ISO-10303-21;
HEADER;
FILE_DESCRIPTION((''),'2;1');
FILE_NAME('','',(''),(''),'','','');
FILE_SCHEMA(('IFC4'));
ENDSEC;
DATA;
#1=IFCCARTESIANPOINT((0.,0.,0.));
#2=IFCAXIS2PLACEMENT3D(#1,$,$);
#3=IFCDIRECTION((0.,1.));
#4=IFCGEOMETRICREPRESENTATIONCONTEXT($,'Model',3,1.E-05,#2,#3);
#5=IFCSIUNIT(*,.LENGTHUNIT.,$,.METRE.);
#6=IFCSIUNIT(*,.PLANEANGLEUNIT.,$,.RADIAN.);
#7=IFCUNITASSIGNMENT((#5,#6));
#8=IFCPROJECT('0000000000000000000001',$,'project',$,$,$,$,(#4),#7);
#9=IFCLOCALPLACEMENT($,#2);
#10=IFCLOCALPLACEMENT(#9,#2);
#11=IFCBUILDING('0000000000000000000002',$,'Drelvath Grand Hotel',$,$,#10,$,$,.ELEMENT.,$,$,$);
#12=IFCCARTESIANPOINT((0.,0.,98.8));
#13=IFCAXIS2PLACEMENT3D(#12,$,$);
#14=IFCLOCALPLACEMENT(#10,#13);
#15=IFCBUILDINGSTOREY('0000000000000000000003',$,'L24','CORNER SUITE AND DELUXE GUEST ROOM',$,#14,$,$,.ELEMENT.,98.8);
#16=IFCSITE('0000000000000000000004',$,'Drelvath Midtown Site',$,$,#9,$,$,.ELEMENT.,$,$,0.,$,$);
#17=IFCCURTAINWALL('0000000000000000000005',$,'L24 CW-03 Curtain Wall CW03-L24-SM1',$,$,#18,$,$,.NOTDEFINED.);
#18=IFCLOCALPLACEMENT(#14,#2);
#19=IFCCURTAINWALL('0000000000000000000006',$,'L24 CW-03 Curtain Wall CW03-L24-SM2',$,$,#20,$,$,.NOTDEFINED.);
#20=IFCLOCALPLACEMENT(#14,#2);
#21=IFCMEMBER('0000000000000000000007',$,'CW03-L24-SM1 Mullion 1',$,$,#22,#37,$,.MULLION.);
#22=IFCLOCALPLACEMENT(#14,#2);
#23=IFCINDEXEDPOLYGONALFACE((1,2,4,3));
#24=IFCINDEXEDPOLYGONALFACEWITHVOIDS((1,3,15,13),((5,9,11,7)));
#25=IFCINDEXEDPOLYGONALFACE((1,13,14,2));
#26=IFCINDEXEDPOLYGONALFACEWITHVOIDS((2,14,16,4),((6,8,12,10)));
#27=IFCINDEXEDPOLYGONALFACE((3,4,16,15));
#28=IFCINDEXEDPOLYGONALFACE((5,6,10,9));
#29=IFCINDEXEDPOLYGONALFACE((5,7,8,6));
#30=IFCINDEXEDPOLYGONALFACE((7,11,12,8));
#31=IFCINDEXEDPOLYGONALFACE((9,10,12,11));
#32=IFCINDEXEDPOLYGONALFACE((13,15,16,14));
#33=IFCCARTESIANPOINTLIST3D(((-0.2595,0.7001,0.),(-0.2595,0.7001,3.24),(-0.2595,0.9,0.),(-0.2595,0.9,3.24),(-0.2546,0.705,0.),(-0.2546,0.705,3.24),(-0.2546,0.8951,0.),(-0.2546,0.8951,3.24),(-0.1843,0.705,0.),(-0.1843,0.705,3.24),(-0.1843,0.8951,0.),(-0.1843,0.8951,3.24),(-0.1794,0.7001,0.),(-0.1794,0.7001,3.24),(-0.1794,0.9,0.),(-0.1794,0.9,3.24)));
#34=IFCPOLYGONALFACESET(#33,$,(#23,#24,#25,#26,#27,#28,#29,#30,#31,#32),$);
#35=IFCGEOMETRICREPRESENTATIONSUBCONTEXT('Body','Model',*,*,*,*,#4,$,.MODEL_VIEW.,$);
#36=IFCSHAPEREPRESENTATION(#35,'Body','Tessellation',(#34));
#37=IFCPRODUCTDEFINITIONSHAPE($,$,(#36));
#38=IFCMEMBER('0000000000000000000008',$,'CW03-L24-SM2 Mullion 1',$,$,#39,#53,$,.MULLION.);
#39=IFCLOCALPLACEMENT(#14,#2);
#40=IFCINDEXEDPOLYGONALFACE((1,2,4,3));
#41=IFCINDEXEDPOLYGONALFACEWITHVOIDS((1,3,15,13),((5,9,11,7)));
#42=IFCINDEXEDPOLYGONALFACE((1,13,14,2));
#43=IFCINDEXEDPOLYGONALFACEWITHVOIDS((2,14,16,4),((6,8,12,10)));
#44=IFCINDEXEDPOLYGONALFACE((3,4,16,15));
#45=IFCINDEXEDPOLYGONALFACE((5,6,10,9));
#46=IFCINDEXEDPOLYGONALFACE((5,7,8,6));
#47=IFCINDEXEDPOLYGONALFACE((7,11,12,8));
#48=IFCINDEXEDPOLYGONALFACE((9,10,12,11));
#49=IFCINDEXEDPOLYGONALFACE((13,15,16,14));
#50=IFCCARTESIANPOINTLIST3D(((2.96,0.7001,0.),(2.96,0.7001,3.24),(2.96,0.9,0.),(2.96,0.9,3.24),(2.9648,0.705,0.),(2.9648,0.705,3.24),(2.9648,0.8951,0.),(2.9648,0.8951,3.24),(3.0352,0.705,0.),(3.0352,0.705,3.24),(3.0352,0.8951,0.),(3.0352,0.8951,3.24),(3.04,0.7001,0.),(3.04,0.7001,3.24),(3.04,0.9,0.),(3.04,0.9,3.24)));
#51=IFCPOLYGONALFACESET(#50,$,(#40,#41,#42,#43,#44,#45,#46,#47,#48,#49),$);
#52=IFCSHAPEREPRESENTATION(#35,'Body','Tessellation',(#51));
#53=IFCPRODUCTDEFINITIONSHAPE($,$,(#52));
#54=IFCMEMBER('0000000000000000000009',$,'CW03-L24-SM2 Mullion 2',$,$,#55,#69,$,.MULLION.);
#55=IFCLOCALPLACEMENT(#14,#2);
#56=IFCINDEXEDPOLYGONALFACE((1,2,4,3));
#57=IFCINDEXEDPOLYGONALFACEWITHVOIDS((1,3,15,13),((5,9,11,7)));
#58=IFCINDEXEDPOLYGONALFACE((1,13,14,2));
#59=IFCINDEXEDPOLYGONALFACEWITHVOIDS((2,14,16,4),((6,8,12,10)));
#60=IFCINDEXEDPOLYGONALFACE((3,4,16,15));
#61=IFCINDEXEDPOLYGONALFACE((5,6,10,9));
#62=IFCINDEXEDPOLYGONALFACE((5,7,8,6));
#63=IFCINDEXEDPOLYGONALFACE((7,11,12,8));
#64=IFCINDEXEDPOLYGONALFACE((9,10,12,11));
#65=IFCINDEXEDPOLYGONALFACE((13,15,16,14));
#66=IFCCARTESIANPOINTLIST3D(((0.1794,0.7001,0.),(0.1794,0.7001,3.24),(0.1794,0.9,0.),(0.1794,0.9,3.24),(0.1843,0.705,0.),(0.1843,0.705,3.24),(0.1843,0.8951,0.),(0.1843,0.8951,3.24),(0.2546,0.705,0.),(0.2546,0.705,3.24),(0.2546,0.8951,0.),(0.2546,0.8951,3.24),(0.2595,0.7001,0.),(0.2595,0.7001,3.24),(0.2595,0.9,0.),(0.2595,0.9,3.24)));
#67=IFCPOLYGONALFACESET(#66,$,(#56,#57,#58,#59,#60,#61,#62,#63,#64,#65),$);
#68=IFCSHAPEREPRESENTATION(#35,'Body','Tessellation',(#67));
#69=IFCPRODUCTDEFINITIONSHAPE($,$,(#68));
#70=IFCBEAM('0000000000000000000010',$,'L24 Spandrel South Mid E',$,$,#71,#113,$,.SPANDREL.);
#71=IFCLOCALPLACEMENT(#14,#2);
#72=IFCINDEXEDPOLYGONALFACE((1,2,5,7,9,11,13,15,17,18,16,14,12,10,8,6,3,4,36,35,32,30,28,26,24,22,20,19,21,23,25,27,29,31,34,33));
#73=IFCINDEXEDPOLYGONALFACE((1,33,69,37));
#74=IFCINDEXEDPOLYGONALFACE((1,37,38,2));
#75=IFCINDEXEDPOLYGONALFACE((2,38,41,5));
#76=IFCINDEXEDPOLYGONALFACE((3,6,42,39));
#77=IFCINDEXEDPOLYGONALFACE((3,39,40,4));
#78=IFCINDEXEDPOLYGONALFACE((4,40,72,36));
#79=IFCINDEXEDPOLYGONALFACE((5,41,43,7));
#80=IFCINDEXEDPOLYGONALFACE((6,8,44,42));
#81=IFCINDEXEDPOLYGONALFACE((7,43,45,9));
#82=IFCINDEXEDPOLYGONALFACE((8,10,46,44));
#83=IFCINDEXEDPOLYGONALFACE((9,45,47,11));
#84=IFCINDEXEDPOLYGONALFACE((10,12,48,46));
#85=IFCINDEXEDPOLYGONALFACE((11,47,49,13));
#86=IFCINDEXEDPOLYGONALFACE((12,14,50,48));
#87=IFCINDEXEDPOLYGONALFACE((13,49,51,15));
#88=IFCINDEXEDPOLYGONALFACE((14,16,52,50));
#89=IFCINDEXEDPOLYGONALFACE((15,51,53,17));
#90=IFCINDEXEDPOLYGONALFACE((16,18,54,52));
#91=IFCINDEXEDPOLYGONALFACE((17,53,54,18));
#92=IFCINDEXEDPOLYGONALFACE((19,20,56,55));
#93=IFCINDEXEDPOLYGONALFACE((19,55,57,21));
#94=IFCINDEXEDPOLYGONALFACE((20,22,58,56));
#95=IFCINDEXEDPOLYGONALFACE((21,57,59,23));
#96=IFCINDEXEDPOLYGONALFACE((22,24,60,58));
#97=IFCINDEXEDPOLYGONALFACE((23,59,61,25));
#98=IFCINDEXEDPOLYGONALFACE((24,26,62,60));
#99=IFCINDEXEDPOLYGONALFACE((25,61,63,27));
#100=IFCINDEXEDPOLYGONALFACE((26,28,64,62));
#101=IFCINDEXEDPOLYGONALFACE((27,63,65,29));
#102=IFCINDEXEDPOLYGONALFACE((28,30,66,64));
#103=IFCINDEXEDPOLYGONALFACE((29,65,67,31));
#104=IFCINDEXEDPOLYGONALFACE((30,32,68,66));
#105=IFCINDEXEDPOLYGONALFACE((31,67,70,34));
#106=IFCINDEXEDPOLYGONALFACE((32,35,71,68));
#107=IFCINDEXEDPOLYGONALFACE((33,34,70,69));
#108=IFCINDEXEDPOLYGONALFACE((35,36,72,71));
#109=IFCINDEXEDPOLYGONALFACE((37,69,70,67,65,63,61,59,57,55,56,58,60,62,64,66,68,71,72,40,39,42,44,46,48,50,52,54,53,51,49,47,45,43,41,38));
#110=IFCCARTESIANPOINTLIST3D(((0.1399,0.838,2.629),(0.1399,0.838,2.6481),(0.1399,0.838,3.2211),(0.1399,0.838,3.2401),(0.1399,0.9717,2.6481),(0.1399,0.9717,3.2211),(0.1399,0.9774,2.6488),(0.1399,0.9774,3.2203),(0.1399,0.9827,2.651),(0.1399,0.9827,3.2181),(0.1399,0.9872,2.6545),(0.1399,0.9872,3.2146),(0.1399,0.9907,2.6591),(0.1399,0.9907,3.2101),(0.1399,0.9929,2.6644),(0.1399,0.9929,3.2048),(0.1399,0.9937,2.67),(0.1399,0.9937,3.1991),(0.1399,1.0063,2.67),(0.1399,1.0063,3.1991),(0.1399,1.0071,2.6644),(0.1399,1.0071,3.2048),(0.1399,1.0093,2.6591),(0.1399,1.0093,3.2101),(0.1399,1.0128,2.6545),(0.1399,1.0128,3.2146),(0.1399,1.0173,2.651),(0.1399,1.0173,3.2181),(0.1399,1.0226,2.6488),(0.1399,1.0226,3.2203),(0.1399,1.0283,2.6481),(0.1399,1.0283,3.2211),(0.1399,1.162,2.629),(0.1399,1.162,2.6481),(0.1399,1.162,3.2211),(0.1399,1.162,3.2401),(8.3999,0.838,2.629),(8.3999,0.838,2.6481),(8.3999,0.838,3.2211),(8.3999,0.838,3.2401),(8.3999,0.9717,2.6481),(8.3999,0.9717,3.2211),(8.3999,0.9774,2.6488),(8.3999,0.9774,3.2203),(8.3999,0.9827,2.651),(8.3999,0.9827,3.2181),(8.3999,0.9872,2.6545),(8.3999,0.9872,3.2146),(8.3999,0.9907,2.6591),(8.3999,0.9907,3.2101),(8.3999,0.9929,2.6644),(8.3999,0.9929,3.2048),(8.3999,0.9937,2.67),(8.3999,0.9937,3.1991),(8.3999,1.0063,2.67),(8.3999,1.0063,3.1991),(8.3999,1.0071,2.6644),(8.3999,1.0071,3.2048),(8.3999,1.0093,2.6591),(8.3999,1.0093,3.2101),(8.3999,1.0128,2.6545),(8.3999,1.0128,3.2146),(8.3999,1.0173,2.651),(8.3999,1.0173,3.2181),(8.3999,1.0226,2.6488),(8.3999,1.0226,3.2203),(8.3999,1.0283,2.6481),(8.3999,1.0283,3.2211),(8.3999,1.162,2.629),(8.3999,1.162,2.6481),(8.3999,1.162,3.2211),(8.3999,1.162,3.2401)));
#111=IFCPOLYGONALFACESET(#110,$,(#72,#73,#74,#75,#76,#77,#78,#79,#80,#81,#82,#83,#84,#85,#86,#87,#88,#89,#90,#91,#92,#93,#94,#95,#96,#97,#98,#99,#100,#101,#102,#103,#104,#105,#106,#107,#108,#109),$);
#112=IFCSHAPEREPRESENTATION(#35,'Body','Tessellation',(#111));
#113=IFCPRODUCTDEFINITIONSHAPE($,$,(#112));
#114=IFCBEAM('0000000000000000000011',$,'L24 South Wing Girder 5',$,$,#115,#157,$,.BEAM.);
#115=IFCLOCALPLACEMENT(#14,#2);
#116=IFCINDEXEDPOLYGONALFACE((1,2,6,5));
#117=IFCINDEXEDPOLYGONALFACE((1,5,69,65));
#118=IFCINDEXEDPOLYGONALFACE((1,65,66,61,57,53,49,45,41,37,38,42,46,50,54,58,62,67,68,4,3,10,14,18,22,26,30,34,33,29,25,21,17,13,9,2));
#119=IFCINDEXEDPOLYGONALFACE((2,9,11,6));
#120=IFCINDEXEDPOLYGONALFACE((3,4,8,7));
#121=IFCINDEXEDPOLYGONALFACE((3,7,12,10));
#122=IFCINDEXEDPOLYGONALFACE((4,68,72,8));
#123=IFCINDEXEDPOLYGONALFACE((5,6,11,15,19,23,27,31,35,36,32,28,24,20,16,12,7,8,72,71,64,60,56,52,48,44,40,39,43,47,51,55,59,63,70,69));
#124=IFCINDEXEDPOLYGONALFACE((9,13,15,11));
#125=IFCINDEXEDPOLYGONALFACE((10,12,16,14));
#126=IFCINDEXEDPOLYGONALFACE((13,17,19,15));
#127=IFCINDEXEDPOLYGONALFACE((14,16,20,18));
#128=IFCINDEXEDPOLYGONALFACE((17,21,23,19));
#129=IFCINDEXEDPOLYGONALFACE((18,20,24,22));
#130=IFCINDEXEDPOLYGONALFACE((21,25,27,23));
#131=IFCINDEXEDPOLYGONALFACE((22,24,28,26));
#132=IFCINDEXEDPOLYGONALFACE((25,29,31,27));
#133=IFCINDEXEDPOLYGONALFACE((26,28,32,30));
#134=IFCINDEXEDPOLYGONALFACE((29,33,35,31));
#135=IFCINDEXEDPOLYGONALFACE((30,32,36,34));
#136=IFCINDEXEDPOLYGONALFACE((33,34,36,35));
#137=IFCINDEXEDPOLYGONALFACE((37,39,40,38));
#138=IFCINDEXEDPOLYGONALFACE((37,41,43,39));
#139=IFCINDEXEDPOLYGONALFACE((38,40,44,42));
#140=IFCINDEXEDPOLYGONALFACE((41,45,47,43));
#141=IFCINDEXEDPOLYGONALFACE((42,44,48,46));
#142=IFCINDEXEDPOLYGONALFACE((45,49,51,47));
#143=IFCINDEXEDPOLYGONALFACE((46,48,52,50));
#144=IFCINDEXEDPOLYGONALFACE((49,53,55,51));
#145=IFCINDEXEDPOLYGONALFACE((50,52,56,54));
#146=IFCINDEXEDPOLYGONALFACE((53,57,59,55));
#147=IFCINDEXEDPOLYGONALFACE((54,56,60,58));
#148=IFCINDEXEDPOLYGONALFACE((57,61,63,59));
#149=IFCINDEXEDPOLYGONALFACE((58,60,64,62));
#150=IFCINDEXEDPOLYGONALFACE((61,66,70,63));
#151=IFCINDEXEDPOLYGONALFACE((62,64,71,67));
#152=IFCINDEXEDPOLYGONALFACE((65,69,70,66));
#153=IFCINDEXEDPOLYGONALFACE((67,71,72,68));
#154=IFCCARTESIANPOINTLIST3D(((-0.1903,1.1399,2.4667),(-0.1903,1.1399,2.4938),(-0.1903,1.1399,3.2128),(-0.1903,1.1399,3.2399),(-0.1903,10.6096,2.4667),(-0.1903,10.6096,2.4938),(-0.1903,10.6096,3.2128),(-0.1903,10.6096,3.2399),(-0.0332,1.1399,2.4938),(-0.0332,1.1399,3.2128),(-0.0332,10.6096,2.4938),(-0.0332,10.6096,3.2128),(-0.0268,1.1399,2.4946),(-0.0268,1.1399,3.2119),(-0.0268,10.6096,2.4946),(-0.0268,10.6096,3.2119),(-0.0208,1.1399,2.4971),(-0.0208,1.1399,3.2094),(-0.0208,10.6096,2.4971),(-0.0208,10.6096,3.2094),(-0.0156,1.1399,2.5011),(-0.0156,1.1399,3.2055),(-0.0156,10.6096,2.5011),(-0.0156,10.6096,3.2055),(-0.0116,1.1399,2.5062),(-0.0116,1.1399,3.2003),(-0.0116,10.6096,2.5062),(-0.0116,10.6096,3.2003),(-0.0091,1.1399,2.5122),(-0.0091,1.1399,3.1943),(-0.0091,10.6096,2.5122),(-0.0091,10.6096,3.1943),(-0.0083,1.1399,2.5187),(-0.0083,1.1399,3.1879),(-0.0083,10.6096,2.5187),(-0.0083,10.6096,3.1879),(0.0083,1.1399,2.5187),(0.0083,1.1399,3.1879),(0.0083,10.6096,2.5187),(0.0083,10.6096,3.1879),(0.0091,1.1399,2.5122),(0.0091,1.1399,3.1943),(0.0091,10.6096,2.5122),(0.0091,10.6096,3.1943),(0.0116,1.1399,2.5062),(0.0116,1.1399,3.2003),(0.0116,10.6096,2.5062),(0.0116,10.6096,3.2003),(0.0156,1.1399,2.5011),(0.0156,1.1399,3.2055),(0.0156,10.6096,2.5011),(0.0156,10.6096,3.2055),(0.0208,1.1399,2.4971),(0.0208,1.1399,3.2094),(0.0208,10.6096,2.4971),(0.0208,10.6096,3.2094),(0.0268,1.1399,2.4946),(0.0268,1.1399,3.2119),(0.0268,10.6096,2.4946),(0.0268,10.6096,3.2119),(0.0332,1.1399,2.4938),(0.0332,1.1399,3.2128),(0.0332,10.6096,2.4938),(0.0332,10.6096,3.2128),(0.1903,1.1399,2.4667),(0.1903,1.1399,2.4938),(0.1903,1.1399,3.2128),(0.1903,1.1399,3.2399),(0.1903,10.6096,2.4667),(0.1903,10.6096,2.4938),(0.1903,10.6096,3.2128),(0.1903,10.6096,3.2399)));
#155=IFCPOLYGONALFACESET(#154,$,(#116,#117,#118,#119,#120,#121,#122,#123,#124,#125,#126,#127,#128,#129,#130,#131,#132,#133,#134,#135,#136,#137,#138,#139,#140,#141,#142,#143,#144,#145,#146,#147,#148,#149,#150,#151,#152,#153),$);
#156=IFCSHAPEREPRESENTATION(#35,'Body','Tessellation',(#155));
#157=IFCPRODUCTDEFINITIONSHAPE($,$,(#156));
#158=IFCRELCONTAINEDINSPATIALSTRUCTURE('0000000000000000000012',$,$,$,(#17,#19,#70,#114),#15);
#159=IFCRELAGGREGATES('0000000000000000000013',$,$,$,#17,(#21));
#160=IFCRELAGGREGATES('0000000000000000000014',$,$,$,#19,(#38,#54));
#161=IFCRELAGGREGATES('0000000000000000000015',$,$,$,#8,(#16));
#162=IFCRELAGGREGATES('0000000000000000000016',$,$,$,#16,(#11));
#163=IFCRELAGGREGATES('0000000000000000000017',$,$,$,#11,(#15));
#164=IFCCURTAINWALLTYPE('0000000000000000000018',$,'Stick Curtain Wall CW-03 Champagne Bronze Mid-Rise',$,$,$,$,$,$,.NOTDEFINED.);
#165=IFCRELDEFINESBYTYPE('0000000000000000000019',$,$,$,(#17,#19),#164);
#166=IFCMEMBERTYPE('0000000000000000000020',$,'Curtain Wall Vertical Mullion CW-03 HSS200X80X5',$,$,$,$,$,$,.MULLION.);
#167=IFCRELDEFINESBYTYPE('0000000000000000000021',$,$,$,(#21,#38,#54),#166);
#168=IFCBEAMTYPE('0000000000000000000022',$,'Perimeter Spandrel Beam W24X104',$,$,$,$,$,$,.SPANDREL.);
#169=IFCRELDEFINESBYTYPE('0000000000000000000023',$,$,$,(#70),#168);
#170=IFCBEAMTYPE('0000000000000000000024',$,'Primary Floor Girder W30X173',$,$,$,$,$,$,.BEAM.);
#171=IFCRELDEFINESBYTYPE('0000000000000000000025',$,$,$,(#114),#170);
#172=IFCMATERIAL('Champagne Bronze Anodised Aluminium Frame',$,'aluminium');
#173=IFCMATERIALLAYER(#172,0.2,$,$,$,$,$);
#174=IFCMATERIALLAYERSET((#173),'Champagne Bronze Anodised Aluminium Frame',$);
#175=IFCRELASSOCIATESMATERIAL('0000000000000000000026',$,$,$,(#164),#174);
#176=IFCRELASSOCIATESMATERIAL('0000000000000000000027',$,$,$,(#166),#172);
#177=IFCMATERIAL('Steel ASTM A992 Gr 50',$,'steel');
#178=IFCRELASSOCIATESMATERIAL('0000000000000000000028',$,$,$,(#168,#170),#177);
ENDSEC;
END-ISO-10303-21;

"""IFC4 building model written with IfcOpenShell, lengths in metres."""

from ifc_helpers import new_model, si_unit, direction, frame, origin, origin_2d, place, context, subcontext, project, spatial, hollow_rectangle, i_section, extrude, material, layer, layer_set, material_profile, profile_set, type_object, element, aggregate, save


model = new_model("IFC4")

# Units and contexts
model_context = context("Model", 3, precision=1e-05, world=origin(), true_north=direction((0.0, 1.0)))
body_context = subcontext(model_context, "Body", "Model", "MODEL_VIEW")
ifc_project = project(units=[si_unit("LENGTHUNIT", "METRE"), si_unit("PLANEANGLEUNIT", "RADIAN")], contexts=[model_context])

# Site, building, storey
site_placement = place(None, origin())
site = spatial("IfcSite", under=ifc_project, at=site_placement, Name="Drelvath Midtown Site", CompositionType="ELEMENT", RefElevation=0.0)
building_placement = place(site_placement, origin())
building = spatial("IfcBuilding", under=site, at=building_placement, Name="Drelvath Grand Hotel", CompositionType="ELEMENT")
storey_placement = place(building_placement, frame((0.0, 0.0, 98.8)))
storey = spatial("IfcBuildingStorey", under=building, at=storey_placement, Name="L24", Description="CORNER SUITE AND DELUXE GUEST ROOM", CompositionType="ELEMENT", Elevation=98.8)

# Curtain walls
ifc_material_1 = material(Name="Champagne Bronze Anodised Aluminium Frame", Category="aluminium")
ifc_layer_1 = layer(ifc_material_1, 0.2)
ifc_layer_set_1 = layer_set([ifc_layer_1], Name="Champagne Bronze Anodised Aluminium Frame")
curtain_wall_type = type_object("IfcCurtainWallType", Name="Stick Curtain Wall CW-03 Champagne Bronze Mid-Rise", PredefinedType="NOTDEFINED", material=ifc_layer_set_1)
curtain_wall_1_placement = place(storey_placement, origin())
curtain_wall_1 = element("IfcCurtainWall", 1, at=curtain_wall_1_placement, inside=storey, type_object=curtain_wall_type, Name="L24 CW-03 Curtain Wall CW03-L24-SM1", PredefinedType="NOTDEFINED")
curtain_wall_2_placement = place(storey_placement, origin())
curtain_wall_2 = element("IfcCurtainWall", 2, at=curtain_wall_2_placement, inside=storey, type_object=curtain_wall_type, Name="L24 CW-03 Curtain Wall CW03-L24-SM2", PredefinedType="NOTDEFINED")

# Members
ifc_material_profile_1 = material_profile(ifc_material_1, hollow_rectangle(XDim=0.0801, YDim=0.2, WallThickness=0.0049, at=origin_2d()), Name="HSS200X80X5")
ifc_profile_set_1 = profile_set([ifc_material_profile_1], Name="Champagne Bronze Anodised Aluminium Frame")
member_type_1 = type_object("IfcMemberType", Name="Curtain Wall Vertical Mullion CW-03 HSS200X80X5", PredefinedType="MULLION", material=ifc_profile_set_1)
member_1_placement = place(storey_placement, frame((-0.2195, 0.8, 0.0), z_axis=(0.0, 0.0, 1.0), x_axis=(1.0, 0.0, 0.0)))
member_1 = element("IfcMember", 3, at=member_1_placement, type_object=member_type_1, Name="CW03-L24-SM1 Mullion 1", PredefinedType="MULLION", context=body_context, shape_type="SweptSolid", body=[
    extrude(hollow_rectangle(XDim=0.0801, YDim=0.2, WallThickness=0.0049, at=origin_2d()), origin(), (0.0, 0.0, 1.0), 3.24),
])
aggregate(curtain_wall_1, [member_1])
member_2_placement = place(storey_placement, frame((3.0, 0.8, 0.0), z_axis=(0.0, 0.0, 1.0), x_axis=(1.0, 0.0, 0.0)))
member_2 = element("IfcMember", 4, at=member_2_placement, type_object=member_type_1, Name="CW03-L24-SM2 Mullion 1", PredefinedType="MULLION", context=body_context, shape_type="SweptSolid", body=[
    extrude(hollow_rectangle(XDim=0.0801, YDim=0.2, WallThickness=0.0049, at=origin_2d()), origin(), (0.0, 0.0, 1.0), 3.24),
])
member_3_placement = place(storey_placement, frame((0.2195, 0.8, 0.0), z_axis=(0.0, 0.0, 1.0), x_axis=(1.0, 0.0, 0.0)))
member_3 = element("IfcMember", 5, at=member_3_placement, type_object=member_type_1, Name="CW03-L24-SM2 Mullion 2", PredefinedType="MULLION", context=body_context, shape_type="SweptSolid", body=[
    extrude(hollow_rectangle(XDim=0.0801, YDim=0.2, WallThickness=0.0049, at=origin_2d()), origin(), (0.0, 0.0, 1.0), 3.24),
])

# Beams
ifc_material_2 = material(Name="Steel ASTM A992 Gr 50", Category="steel")
ifc_material_profile_2 = material_profile(ifc_material_2, i_section(OverallWidth=0.324, OverallDepth=0.6111, WebThickness=0.0127, FlangeThickness=0.019, FilletRadius=0.022, at=origin_2d()), Name="W24X104")
ifc_profile_set_2 = profile_set([ifc_material_profile_2], Name="Steel ASTM A992 Gr 50")
beam_type_1 = type_object("IfcBeamType", Name="Perimeter Spandrel Beam W24X104", PredefinedType="SPANDREL", material=ifc_profile_set_2)
beam_1_placement = place(storey_placement, frame((0.1399, 1.0, 2.9346), z_axis=(1.0, 0.0, 0.0), x_axis=(0.0, 1.0, 0.0)))
element("IfcBeam", 6, at=beam_1_placement, inside=storey, type_object=beam_type_1, Name="L24 Spandrel South Mid E", PredefinedType="SPANDREL", context=body_context, shape_type="SweptSolid", body=[
    extrude(i_section(OverallWidth=0.324, OverallDepth=0.6111, WebThickness=0.0127, FlangeThickness=0.019, FilletRadius=0.022, at=origin_2d()), origin(), (0.0, 0.0, 1.0), 8.26),
])
ifc_material_profile_3 = material_profile(ifc_material_2, i_section(OverallWidth=0.3806, OverallDepth=0.7732, WebThickness=0.0166, FlangeThickness=0.0271, FilletRadius=0.0249, at=origin_2d()), Name="W30X173")
ifc_profile_set_3 = profile_set([ifc_material_profile_3], Name="Steel ASTM A992 Gr 50")
beam_type_2 = type_object("IfcBeamType", Name="Primary Floor Girder W30X173", PredefinedType="BEAM", material=ifc_profile_set_3)
beam_2_placement = place(storey_placement, frame((0.0, 1.1399, 2.8533), z_axis=(0.0, 1.0, 0.0), x_axis=(-1.0, 0.0, 0.0)))
element("IfcBeam", 7, at=beam_2_placement, inside=storey, type_object=beam_type_2, Name="L24 South Wing Girder 5", PredefinedType="BEAM", context=body_context, shape_type="SweptSolid", body=[
    extrude(i_section(OverallWidth=0.3806, OverallDepth=0.7732, WebThickness=0.0166, FlangeThickness=0.0271, FilletRadius=0.0249, at=origin_2d()), origin(), (0.0, 0.0, 1.0), 9.4697),
])

aggregate(curtain_wall_2, [member_2, member_3])

save(model, "model.ifc")
